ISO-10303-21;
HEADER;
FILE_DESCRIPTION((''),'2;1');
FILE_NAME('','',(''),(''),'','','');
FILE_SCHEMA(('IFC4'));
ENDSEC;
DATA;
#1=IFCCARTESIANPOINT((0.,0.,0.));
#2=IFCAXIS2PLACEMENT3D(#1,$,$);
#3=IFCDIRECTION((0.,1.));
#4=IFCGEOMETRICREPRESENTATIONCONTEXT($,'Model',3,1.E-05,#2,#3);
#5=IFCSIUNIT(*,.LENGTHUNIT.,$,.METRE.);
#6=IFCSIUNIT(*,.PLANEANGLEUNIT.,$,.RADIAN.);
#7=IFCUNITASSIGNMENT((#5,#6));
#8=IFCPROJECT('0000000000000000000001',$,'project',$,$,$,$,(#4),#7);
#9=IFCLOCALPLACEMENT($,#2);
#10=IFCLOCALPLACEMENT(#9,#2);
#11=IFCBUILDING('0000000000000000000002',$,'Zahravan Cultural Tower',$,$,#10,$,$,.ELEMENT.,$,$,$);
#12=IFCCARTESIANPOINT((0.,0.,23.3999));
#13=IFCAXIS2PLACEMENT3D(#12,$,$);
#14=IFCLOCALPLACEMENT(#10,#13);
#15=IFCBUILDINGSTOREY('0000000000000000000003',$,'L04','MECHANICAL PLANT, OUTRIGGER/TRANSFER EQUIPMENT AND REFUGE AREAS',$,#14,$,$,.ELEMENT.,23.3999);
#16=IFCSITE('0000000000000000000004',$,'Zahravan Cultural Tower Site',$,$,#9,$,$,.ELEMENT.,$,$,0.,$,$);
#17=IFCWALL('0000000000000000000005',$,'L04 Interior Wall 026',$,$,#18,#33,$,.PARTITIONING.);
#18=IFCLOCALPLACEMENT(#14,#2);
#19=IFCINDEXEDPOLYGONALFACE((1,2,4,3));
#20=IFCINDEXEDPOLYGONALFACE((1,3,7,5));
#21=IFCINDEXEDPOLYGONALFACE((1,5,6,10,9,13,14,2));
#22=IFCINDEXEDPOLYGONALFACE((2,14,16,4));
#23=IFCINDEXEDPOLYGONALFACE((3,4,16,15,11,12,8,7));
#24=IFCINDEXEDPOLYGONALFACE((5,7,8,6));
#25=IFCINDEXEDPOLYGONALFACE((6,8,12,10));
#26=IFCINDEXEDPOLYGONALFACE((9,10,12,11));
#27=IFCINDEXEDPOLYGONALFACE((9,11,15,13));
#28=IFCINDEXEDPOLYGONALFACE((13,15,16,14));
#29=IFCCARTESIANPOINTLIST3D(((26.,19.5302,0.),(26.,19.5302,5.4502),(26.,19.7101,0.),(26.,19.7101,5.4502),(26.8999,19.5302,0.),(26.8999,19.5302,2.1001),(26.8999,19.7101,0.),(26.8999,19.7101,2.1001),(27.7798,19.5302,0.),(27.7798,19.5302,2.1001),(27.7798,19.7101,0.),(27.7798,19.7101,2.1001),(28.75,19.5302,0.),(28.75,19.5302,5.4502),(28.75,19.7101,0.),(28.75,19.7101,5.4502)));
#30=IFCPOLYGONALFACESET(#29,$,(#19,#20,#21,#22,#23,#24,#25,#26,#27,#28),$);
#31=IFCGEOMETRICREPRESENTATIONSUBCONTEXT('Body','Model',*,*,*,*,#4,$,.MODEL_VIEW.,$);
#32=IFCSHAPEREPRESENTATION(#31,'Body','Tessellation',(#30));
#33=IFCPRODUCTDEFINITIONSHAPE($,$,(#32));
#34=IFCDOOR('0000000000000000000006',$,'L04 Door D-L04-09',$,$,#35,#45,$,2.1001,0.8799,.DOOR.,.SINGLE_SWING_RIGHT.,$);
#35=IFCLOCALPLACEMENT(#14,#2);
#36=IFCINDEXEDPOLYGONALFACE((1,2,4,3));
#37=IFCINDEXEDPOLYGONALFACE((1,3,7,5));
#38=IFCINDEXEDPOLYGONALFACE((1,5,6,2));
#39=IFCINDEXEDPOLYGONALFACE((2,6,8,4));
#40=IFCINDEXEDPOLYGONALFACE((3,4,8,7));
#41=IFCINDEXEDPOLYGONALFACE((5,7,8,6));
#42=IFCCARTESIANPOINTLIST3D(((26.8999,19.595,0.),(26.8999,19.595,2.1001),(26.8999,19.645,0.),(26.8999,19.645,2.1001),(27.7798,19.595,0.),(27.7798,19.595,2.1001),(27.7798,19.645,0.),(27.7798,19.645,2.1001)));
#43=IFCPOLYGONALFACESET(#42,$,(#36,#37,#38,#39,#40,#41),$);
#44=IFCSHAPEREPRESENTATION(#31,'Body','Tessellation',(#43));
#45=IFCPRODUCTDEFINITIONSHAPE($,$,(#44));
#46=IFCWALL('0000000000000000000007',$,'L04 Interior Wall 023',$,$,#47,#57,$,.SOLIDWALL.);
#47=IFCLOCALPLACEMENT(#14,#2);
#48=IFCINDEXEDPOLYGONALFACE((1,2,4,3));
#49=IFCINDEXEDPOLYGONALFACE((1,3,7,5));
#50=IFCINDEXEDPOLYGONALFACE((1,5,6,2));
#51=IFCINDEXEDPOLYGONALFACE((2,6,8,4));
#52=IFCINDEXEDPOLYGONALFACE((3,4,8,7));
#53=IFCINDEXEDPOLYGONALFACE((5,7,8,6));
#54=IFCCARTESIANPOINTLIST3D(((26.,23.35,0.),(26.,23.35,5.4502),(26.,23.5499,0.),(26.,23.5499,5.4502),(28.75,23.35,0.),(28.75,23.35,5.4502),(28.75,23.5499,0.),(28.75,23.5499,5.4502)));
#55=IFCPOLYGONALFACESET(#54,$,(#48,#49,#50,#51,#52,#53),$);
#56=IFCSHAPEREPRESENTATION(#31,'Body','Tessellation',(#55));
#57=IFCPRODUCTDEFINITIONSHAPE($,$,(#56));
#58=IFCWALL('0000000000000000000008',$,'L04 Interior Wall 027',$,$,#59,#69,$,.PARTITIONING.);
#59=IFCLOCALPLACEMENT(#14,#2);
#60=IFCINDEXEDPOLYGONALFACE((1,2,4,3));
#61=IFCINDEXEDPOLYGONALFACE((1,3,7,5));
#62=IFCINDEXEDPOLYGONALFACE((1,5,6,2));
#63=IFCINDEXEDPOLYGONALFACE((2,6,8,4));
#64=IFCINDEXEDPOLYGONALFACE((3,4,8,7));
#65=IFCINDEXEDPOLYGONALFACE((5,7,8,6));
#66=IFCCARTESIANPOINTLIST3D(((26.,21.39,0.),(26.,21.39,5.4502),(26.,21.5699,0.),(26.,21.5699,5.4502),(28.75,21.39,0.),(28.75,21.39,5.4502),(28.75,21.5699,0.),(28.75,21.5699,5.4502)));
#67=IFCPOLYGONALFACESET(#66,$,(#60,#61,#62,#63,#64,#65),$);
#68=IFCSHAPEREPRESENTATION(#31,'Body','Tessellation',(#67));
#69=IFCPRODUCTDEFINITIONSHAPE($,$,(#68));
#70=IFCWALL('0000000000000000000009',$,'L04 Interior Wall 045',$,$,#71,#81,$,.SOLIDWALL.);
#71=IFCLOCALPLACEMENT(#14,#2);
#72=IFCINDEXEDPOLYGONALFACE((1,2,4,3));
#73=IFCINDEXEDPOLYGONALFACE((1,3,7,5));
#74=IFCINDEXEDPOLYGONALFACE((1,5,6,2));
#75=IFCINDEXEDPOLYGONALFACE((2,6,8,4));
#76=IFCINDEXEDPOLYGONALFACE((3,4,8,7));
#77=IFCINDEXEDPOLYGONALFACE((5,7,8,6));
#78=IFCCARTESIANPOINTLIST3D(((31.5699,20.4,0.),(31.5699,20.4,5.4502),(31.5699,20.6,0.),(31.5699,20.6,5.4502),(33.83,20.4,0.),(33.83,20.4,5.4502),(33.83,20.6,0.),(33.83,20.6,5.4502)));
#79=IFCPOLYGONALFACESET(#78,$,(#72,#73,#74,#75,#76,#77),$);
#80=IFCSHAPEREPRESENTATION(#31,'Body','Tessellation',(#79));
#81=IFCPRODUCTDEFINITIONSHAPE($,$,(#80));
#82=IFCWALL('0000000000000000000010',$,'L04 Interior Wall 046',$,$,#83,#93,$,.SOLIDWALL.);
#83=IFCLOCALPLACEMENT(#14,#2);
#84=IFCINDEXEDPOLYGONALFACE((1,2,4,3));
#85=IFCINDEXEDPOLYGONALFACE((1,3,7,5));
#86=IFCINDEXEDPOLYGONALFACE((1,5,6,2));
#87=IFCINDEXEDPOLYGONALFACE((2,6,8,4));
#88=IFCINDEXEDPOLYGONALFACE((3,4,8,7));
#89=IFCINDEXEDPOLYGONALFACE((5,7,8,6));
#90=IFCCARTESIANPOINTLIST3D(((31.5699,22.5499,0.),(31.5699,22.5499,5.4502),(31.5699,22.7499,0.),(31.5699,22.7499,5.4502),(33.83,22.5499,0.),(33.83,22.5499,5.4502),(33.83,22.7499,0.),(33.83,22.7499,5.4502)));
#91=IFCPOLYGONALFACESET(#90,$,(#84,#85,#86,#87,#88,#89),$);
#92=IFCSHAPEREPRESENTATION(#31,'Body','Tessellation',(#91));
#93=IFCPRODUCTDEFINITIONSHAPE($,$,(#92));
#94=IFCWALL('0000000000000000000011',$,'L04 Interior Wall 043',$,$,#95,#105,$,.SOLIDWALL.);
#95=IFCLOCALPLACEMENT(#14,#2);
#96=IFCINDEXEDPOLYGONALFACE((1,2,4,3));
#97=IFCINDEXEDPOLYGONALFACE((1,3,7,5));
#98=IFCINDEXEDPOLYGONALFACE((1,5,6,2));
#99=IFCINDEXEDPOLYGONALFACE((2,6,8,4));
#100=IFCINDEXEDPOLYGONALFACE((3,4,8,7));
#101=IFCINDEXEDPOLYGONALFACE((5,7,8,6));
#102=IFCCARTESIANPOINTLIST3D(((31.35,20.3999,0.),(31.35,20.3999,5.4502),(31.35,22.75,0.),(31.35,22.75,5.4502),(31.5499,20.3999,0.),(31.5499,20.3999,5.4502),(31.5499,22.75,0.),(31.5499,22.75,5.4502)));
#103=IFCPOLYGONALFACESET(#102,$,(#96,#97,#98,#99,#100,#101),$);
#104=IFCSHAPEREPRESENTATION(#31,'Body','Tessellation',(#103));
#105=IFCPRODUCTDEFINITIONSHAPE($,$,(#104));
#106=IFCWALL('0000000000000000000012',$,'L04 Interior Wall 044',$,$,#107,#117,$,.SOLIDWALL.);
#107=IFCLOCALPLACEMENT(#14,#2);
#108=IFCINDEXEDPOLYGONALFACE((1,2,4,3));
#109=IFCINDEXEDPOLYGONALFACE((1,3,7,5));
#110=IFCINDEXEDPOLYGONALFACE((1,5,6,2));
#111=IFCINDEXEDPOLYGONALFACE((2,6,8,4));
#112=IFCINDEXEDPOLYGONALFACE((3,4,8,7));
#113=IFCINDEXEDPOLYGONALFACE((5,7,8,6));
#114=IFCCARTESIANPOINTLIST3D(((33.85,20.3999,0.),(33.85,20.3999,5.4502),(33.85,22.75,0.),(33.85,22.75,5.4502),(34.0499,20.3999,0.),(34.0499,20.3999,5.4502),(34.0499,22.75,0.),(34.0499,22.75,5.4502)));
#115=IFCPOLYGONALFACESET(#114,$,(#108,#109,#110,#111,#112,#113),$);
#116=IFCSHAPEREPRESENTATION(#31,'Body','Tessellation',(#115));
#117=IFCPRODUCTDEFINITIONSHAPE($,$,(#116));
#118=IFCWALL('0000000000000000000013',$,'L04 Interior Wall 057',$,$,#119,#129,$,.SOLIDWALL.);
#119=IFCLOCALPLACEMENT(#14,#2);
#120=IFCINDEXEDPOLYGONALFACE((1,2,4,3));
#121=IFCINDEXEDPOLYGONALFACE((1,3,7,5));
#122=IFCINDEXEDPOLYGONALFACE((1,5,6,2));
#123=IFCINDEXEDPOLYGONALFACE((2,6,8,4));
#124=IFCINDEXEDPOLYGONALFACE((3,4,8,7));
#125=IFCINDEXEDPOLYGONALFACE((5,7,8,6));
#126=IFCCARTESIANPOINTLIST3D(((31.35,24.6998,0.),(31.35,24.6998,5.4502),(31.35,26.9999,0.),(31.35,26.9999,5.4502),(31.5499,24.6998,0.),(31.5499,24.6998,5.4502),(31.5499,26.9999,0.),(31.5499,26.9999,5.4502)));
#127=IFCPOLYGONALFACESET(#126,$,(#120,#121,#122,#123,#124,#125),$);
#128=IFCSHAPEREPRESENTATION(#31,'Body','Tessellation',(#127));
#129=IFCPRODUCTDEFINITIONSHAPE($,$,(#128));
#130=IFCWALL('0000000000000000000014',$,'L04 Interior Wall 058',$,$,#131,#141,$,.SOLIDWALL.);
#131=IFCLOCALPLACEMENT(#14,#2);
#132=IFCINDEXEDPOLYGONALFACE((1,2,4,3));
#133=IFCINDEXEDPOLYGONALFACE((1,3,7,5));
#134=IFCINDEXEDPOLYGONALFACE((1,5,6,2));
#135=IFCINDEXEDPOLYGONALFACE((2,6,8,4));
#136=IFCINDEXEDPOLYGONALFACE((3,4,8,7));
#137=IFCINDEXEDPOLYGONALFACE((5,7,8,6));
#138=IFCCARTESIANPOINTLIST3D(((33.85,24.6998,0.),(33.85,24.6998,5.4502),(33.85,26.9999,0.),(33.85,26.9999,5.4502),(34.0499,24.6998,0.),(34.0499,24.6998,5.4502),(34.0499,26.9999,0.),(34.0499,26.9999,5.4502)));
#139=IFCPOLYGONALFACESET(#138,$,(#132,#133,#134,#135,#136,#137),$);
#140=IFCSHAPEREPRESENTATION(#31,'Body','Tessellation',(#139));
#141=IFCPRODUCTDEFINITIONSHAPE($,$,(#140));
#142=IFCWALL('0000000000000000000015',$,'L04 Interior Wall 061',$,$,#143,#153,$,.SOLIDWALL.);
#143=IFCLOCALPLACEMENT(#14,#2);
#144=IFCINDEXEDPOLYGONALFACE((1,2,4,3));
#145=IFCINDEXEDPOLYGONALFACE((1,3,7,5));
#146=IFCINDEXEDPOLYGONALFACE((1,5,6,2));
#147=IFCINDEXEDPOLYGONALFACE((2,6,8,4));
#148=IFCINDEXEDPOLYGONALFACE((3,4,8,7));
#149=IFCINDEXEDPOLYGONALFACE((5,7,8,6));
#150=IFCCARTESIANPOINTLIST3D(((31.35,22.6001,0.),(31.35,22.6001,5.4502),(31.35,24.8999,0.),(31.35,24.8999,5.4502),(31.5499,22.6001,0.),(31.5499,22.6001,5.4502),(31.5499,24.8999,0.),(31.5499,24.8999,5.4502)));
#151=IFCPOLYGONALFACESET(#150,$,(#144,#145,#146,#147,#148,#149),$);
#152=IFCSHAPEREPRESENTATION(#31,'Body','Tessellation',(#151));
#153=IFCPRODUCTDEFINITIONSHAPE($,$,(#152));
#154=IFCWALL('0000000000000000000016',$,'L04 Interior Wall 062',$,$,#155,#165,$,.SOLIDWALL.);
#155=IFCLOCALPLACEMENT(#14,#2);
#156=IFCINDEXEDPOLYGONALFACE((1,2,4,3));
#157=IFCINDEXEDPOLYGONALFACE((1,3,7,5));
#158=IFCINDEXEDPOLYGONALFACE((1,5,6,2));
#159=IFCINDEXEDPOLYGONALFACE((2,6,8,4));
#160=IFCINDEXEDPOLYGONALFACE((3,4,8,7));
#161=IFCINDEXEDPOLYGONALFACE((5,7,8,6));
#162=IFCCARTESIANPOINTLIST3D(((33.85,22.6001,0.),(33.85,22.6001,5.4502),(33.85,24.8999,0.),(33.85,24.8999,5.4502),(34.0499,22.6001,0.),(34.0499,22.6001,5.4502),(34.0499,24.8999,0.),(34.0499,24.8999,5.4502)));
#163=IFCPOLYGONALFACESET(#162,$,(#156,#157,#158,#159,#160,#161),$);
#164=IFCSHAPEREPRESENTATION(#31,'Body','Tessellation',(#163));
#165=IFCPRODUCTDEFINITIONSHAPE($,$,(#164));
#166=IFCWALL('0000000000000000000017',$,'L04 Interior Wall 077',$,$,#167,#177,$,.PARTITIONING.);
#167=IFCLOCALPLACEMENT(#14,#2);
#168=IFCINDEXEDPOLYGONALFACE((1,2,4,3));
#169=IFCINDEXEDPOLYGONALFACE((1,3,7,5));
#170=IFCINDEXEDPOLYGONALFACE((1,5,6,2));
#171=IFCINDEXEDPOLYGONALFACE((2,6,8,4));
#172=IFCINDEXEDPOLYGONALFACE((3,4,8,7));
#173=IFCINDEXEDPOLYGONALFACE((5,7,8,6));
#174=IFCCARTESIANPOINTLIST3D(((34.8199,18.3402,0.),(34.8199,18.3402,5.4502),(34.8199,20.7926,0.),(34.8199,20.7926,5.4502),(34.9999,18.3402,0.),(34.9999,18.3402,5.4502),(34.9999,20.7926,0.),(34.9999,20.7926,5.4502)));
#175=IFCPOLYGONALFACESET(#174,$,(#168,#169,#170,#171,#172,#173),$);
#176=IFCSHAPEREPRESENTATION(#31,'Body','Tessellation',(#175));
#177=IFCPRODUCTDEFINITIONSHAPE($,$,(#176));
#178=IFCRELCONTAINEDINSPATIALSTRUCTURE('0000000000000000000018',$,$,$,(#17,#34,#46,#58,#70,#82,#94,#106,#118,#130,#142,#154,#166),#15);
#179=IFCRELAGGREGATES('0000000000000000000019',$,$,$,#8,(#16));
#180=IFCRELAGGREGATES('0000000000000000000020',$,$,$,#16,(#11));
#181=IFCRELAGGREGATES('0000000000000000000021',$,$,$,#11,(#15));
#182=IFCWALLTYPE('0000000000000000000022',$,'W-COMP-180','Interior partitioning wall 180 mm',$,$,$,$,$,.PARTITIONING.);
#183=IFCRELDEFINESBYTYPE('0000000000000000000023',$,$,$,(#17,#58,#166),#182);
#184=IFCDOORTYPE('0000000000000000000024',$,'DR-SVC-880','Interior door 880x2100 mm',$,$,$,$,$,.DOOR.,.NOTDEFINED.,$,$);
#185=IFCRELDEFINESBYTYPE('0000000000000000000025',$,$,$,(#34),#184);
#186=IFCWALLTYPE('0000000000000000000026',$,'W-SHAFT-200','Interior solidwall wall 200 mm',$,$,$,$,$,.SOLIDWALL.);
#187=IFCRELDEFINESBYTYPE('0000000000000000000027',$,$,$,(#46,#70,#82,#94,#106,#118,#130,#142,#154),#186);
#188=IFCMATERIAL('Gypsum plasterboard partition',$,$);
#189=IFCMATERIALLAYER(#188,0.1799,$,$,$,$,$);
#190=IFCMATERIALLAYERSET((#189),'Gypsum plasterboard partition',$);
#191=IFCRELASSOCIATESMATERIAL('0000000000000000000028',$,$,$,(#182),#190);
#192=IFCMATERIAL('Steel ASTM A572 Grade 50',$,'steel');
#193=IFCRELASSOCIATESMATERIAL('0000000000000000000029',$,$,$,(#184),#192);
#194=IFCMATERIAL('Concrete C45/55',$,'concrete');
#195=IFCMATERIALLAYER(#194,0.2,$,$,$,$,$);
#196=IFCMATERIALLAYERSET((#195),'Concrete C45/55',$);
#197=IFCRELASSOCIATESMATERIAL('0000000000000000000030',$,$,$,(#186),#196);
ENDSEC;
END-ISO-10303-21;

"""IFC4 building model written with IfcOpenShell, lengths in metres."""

from ifc_helpers import new_model, si_unit, direction, frame, frame_2d, origin, place, context, subcontext, project, spatial, rectangle, extrude, source, transform, mapped, material, layer, layer_set, type_object, element, fill, save


model = new_model("IFC4")

# Units and contexts
model_context = context("Model", 3, precision=1e-05, world=origin(), true_north=direction((0.0, 1.0)))
body_context = subcontext(model_context, "Body", "Model", "MODEL_VIEW")
ifc_project = project(units=[si_unit("LENGTHUNIT", "METRE"), si_unit("PLANEANGLEUNIT", "RADIAN")], contexts=[model_context])

# Site, building, storey
site_placement = place(None, origin())
site = spatial("IfcSite", under=ifc_project, at=site_placement, Name="Zahravan Cultural Tower Site", CompositionType="ELEMENT", RefElevation=0.0)
building_placement = place(site_placement, origin())
building = spatial("IfcBuilding", under=site, at=building_placement, Name="Zahravan Cultural Tower", CompositionType="ELEMENT")
storey_placement = place(building_placement, frame((0.0, 0.0, 23.3999)))
storey = spatial("IfcBuildingStorey", under=building, at=storey_placement, Name="L04", Description="MECHANICAL PLANT, OUTRIGGER/TRANSFER EQUIPMENT AND REFUGE AREAS", CompositionType="ELEMENT", Elevation=23.3999)

# Wall, opening, door
ifc_material_1 = material(Name="Gypsum plasterboard partition")
ifc_layer_1 = layer(ifc_material_1, 0.1799)
ifc_layer_set_1 = layer_set([ifc_layer_1], Name="Gypsum plasterboard partition")
wall_type_1 = type_object("IfcWallType", Name="W-COMP-180", Description="Interior partitioning wall 180 mm", PredefinedType="PARTITIONING", material=ifc_layer_set_1)
wall_1_placement = place(storey_placement, frame((26.0, 19.6201, 0.0), z_axis=(0.0, 0.0, 1.0), x_axis=(1.0, 0.0, 0.0)))
wall_1 = element("IfcWall", 1, at=wall_1_placement, inside=storey, type_object=wall_type_1, Name="L04 Interior Wall 026", PredefinedType="PARTITIONING", context=body_context, shape_type="SweptSolid", body=[
    extrude(rectangle(XDim=2.75, YDim=0.1799, at=frame_2d((1.375, 0.0))), origin(), (0.0, 0.0, 1.0), 5.4502),
])
opening_placement = place(wall_1_placement, frame((0.8999, 0.0, 0.0)))
opening = element("IfcOpeningElement", 2, at=opening_placement, cuts=wall_1, PredefinedType="OPENING", context=body_context, shape_type="SweptSolid", body=[
    extrude(rectangle(XDim=0.8799, YDim=2.1001, at=frame_2d((0.4399, 1.05))), frame((0.0, 0.0999, 0.0), z_axis=(0.0, -1.0, 0.0), x_axis=(1.0, 0.0, 0.0)), (0.0, 0.0, 1.0), 0.2),
])
ifc_material_2 = material(Name="Steel ASTM A572 Grade 50", Category="steel")
door_type = type_object("IfcDoorType", Name="DR-SVC-880", Description="Interior door 880x2100 mm", OperationType="NOTDEFINED", PredefinedType="DOOR", material=ifc_material_2)
shared_shape_1 = source(origin(), body_context, "Body", "SweptSolid", [
    extrude(rectangle(XDim=0.8799, YDim=2.1001, at=frame_2d((0.4399, 1.05))), frame((0.0, 0.0249, 0.0), z_axis=(0.0, -1.0, 0.0), x_axis=(1.0, 0.0, 0.0)), (0.0, 0.0, 1.0), 0.05),
])
door_placement = place(opening_placement, origin())
door = element("IfcDoor", 3, at=door_placement, inside=storey, type_object=door_type, Name="L04 Door D-L04-09", OperationType="SINGLE_SWING_RIGHT", OverallHeight=2.1001, OverallWidth=0.8799, PredefinedType="DOOR", context=body_context, shape_type="MappedRepresentation", body=[
    mapped(shared_shape_1, transform((0.0, 0.0, 0.0), x_axis=(1.0, 0.0, 0.0), y_axis=(0.0, 1.0, 0.0), z_axis=(0.0, 0.0, 1.0), scale=1.0)),
])
fill(opening, door)

# Walls
ifc_material_3 = material(Name="Concrete C45/55", Category="concrete")
ifc_layer_2 = layer(ifc_material_3, 0.2)
ifc_layer_set_2 = layer_set([ifc_layer_2], Name="Concrete C45/55")
wall_type_2 = type_object("IfcWallType", Name="W-SHAFT-200", Description="Interior solidwall wall 200 mm", PredefinedType="SOLIDWALL", material=ifc_layer_set_2)
shared_shape_2 = source(origin(), body_context, "Body", "SweptSolid", [
    extrude(rectangle(XDim=2.75, YDim=0.2, at=frame_2d((1.375, 0.0))), origin(), (0.0, 0.0, 1.0), 5.4502),
])
wall_2_placement = place(storey_placement, frame((26.0, 23.45, 0.0), z_axis=(0.0, 0.0, 1.0), x_axis=(1.0, 0.0, 0.0)))
element("IfcWall", 4, at=wall_2_placement, inside=storey, type_object=wall_type_2, Name="L04 Interior Wall 023", PredefinedType="SOLIDWALL", context=body_context, shape_type="MappedRepresentation", body=[
    mapped(shared_shape_2, transform((0.0, 0.0, 0.0), x_axis=(1.0, 0.0, 0.0), y_axis=(0.0, 1.0, 0.0), z_axis=(0.0, 0.0, 1.0), scale=1.0)),
])
shared_shape_3 = source(origin(), body_context, "Body", "SweptSolid", [
    extrude(rectangle(XDim=2.75, YDim=0.1799, at=frame_2d((1.375, 0.0))), origin(), (0.0, 0.0, 1.0), 5.4502),
])
wall_3_placement = place(storey_placement, frame((26.0, 21.48, 0.0), z_axis=(0.0, 0.0, 1.0), x_axis=(1.0, 0.0, 0.0)))
element("IfcWall", 5, at=wall_3_placement, inside=storey, type_object=wall_type_1, Name="L04 Interior Wall 027", PredefinedType="PARTITIONING", context=body_context, shape_type="MappedRepresentation", body=[
    mapped(shared_shape_3, transform((0.0, 0.0, 0.0), x_axis=(1.0, 0.0, 0.0), y_axis=(0.0, 1.0, 0.0), z_axis=(0.0, 0.0, 1.0), scale=1.0)),
])
shared_shape_4 = source(origin(), body_context, "Body", "SweptSolid", [
    extrude(rectangle(XDim=2.26, YDim=0.2, at=frame_2d((1.1299, 0.0))), origin(), (0.0, 0.0, 1.0), 5.4502),
])
for number, where, z_axis, x_axis, name in (
    (6, (31.5701, 20.5, 0.0), (0.0, 0.0, 1.0), (1.0, 0.0, 0.0), "L04 Interior Wall 045"),
    (7, (31.5701, 22.6499, 0.0), (0.0, 0.0, 1.0), (1.0, 0.0, 0.0), "L04 Interior Wall 046"),
):
    element("IfcWall", number, at=place(storey_placement, frame(where, z_axis=z_axis, x_axis=x_axis)), inside=storey, type_object=wall_type_2, Name=name, PredefinedType="SOLIDWALL", context=body_context, shape_type="MappedRepresentation", body=[
        mapped(shared_shape_4, transform((0.0, 0.0, 0.0), x_axis=(1.0, 0.0, 0.0), y_axis=(0.0, 1.0, 0.0), z_axis=(0.0, 0.0, 1.0), scale=1.0)),
    ])
shared_shape_5 = source(origin(), body_context, "Body", "SweptSolid", [
    extrude(rectangle(XDim=2.3501, YDim=0.2, at=frame_2d((1.175, 0.0))), origin(), (0.0, 0.0, 1.0), 5.4502),
])
for number, where, z_axis, x_axis, name in (
    (8, (31.45, 20.3999, 0.0), (0.0, 0.0, 1.0), (0.0, 1.0, 0.0), "L04 Interior Wall 043"),
    (9, (33.95, 20.3999, 0.0), (0.0, 0.0, 1.0), (0.0, 1.0, 0.0), "L04 Interior Wall 044"),
):
    element("IfcWall", number, at=place(storey_placement, frame(where, z_axis=z_axis, x_axis=x_axis)), inside=storey, type_object=wall_type_2, Name=name, PredefinedType="SOLIDWALL", context=body_context, shape_type="MappedRepresentation", body=[
        mapped(shared_shape_5, transform((0.0, 0.0, 0.0), x_axis=(1.0, 0.0, 0.0), y_axis=(0.0, 1.0, 0.0), z_axis=(0.0, 0.0, 1.0), scale=1.0)),
    ])
shared_shape_6 = source(origin(), body_context, "Body", "SweptSolid", [
    extrude(rectangle(XDim=2.3, YDim=0.2, at=frame_2d((1.1499, 0.0))), origin(), (0.0, 0.0, 1.0), 5.4502),
])
for number, where, z_axis, x_axis, name in (
    (10, (31.45, 24.7, 0.0), (0.0, 0.0, 1.0), (0.0, 1.0, 0.0), "L04 Interior Wall 057"),
    (11, (33.95, 24.7, 0.0), (0.0, 0.0, 1.0), (0.0, 1.0, 0.0), "L04 Interior Wall 058"),
):
    element("IfcWall", number, at=place(storey_placement, frame(where, z_axis=z_axis, x_axis=x_axis)), inside=storey, type_object=wall_type_2, Name=name, PredefinedType="SOLIDWALL", context=body_context, shape_type="MappedRepresentation", body=[
        mapped(shared_shape_6, transform((0.0, 0.0, 0.0), x_axis=(1.0, 0.0, 0.0), y_axis=(0.0, 1.0, 0.0), z_axis=(0.0, 0.0, 1.0), scale=1.0)),
    ])
shared_shape_7 = source(origin(), body_context, "Body", "SweptSolid", [
    extrude(rectangle(XDim=2.2998, YDim=0.2, at=frame_2d((1.1499, 0.0))), origin(), (0.0, 0.0, 1.0), 5.4502),
])
for number, where, z_axis, x_axis, name in (
    (12, (31.45, 22.6001, 0.0), (0.0, 0.0, 1.0), (0.0, 1.0, 0.0), "L04 Interior Wall 061"),
    (13, (33.95, 22.6001, 0.0), (0.0, 0.0, 1.0), (0.0, 1.0, 0.0), "L04 Interior Wall 062"),
):
    element("IfcWall", number, at=place(storey_placement, frame(where, z_axis=z_axis, x_axis=x_axis)), inside=storey, type_object=wall_type_2, Name=name, PredefinedType="SOLIDWALL", context=body_context, shape_type="MappedRepresentation", body=[
        mapped(shared_shape_7, transform((0.0, 0.0, 0.0), x_axis=(1.0, 0.0, 0.0), y_axis=(0.0, 1.0, 0.0), z_axis=(0.0, 0.0, 1.0), scale=1.0)),
    ])
shared_shape_8 = source(origin(), body_context, "Body", "SweptSolid", [
    extrude(rectangle(XDim=2.4524, YDim=0.1799, at=frame_2d((1.2261, 0.0))), origin(), (0.0, 0.0, 1.0), 5.4502),
])
wall_4_placement = place(storey_placement, frame((34.9099, 20.7925, 0.0), z_axis=(0.0, 0.0, 1.0), x_axis=(0.0, -1.0, 0.0)))
element("IfcWall", 14, at=wall_4_placement, inside=storey, type_object=wall_type_1, Name="L04 Interior Wall 077", PredefinedType="PARTITIONING", context=body_context, shape_type="MappedRepresentation", body=[
    mapped(shared_shape_8, transform((0.0, 0.0, 0.0), x_axis=(1.0, 0.0, 0.0), y_axis=(0.0, 1.0, 0.0), z_axis=(0.0, 0.0, 1.0), scale=1.0)),
])

save(model, "model.ifc")
